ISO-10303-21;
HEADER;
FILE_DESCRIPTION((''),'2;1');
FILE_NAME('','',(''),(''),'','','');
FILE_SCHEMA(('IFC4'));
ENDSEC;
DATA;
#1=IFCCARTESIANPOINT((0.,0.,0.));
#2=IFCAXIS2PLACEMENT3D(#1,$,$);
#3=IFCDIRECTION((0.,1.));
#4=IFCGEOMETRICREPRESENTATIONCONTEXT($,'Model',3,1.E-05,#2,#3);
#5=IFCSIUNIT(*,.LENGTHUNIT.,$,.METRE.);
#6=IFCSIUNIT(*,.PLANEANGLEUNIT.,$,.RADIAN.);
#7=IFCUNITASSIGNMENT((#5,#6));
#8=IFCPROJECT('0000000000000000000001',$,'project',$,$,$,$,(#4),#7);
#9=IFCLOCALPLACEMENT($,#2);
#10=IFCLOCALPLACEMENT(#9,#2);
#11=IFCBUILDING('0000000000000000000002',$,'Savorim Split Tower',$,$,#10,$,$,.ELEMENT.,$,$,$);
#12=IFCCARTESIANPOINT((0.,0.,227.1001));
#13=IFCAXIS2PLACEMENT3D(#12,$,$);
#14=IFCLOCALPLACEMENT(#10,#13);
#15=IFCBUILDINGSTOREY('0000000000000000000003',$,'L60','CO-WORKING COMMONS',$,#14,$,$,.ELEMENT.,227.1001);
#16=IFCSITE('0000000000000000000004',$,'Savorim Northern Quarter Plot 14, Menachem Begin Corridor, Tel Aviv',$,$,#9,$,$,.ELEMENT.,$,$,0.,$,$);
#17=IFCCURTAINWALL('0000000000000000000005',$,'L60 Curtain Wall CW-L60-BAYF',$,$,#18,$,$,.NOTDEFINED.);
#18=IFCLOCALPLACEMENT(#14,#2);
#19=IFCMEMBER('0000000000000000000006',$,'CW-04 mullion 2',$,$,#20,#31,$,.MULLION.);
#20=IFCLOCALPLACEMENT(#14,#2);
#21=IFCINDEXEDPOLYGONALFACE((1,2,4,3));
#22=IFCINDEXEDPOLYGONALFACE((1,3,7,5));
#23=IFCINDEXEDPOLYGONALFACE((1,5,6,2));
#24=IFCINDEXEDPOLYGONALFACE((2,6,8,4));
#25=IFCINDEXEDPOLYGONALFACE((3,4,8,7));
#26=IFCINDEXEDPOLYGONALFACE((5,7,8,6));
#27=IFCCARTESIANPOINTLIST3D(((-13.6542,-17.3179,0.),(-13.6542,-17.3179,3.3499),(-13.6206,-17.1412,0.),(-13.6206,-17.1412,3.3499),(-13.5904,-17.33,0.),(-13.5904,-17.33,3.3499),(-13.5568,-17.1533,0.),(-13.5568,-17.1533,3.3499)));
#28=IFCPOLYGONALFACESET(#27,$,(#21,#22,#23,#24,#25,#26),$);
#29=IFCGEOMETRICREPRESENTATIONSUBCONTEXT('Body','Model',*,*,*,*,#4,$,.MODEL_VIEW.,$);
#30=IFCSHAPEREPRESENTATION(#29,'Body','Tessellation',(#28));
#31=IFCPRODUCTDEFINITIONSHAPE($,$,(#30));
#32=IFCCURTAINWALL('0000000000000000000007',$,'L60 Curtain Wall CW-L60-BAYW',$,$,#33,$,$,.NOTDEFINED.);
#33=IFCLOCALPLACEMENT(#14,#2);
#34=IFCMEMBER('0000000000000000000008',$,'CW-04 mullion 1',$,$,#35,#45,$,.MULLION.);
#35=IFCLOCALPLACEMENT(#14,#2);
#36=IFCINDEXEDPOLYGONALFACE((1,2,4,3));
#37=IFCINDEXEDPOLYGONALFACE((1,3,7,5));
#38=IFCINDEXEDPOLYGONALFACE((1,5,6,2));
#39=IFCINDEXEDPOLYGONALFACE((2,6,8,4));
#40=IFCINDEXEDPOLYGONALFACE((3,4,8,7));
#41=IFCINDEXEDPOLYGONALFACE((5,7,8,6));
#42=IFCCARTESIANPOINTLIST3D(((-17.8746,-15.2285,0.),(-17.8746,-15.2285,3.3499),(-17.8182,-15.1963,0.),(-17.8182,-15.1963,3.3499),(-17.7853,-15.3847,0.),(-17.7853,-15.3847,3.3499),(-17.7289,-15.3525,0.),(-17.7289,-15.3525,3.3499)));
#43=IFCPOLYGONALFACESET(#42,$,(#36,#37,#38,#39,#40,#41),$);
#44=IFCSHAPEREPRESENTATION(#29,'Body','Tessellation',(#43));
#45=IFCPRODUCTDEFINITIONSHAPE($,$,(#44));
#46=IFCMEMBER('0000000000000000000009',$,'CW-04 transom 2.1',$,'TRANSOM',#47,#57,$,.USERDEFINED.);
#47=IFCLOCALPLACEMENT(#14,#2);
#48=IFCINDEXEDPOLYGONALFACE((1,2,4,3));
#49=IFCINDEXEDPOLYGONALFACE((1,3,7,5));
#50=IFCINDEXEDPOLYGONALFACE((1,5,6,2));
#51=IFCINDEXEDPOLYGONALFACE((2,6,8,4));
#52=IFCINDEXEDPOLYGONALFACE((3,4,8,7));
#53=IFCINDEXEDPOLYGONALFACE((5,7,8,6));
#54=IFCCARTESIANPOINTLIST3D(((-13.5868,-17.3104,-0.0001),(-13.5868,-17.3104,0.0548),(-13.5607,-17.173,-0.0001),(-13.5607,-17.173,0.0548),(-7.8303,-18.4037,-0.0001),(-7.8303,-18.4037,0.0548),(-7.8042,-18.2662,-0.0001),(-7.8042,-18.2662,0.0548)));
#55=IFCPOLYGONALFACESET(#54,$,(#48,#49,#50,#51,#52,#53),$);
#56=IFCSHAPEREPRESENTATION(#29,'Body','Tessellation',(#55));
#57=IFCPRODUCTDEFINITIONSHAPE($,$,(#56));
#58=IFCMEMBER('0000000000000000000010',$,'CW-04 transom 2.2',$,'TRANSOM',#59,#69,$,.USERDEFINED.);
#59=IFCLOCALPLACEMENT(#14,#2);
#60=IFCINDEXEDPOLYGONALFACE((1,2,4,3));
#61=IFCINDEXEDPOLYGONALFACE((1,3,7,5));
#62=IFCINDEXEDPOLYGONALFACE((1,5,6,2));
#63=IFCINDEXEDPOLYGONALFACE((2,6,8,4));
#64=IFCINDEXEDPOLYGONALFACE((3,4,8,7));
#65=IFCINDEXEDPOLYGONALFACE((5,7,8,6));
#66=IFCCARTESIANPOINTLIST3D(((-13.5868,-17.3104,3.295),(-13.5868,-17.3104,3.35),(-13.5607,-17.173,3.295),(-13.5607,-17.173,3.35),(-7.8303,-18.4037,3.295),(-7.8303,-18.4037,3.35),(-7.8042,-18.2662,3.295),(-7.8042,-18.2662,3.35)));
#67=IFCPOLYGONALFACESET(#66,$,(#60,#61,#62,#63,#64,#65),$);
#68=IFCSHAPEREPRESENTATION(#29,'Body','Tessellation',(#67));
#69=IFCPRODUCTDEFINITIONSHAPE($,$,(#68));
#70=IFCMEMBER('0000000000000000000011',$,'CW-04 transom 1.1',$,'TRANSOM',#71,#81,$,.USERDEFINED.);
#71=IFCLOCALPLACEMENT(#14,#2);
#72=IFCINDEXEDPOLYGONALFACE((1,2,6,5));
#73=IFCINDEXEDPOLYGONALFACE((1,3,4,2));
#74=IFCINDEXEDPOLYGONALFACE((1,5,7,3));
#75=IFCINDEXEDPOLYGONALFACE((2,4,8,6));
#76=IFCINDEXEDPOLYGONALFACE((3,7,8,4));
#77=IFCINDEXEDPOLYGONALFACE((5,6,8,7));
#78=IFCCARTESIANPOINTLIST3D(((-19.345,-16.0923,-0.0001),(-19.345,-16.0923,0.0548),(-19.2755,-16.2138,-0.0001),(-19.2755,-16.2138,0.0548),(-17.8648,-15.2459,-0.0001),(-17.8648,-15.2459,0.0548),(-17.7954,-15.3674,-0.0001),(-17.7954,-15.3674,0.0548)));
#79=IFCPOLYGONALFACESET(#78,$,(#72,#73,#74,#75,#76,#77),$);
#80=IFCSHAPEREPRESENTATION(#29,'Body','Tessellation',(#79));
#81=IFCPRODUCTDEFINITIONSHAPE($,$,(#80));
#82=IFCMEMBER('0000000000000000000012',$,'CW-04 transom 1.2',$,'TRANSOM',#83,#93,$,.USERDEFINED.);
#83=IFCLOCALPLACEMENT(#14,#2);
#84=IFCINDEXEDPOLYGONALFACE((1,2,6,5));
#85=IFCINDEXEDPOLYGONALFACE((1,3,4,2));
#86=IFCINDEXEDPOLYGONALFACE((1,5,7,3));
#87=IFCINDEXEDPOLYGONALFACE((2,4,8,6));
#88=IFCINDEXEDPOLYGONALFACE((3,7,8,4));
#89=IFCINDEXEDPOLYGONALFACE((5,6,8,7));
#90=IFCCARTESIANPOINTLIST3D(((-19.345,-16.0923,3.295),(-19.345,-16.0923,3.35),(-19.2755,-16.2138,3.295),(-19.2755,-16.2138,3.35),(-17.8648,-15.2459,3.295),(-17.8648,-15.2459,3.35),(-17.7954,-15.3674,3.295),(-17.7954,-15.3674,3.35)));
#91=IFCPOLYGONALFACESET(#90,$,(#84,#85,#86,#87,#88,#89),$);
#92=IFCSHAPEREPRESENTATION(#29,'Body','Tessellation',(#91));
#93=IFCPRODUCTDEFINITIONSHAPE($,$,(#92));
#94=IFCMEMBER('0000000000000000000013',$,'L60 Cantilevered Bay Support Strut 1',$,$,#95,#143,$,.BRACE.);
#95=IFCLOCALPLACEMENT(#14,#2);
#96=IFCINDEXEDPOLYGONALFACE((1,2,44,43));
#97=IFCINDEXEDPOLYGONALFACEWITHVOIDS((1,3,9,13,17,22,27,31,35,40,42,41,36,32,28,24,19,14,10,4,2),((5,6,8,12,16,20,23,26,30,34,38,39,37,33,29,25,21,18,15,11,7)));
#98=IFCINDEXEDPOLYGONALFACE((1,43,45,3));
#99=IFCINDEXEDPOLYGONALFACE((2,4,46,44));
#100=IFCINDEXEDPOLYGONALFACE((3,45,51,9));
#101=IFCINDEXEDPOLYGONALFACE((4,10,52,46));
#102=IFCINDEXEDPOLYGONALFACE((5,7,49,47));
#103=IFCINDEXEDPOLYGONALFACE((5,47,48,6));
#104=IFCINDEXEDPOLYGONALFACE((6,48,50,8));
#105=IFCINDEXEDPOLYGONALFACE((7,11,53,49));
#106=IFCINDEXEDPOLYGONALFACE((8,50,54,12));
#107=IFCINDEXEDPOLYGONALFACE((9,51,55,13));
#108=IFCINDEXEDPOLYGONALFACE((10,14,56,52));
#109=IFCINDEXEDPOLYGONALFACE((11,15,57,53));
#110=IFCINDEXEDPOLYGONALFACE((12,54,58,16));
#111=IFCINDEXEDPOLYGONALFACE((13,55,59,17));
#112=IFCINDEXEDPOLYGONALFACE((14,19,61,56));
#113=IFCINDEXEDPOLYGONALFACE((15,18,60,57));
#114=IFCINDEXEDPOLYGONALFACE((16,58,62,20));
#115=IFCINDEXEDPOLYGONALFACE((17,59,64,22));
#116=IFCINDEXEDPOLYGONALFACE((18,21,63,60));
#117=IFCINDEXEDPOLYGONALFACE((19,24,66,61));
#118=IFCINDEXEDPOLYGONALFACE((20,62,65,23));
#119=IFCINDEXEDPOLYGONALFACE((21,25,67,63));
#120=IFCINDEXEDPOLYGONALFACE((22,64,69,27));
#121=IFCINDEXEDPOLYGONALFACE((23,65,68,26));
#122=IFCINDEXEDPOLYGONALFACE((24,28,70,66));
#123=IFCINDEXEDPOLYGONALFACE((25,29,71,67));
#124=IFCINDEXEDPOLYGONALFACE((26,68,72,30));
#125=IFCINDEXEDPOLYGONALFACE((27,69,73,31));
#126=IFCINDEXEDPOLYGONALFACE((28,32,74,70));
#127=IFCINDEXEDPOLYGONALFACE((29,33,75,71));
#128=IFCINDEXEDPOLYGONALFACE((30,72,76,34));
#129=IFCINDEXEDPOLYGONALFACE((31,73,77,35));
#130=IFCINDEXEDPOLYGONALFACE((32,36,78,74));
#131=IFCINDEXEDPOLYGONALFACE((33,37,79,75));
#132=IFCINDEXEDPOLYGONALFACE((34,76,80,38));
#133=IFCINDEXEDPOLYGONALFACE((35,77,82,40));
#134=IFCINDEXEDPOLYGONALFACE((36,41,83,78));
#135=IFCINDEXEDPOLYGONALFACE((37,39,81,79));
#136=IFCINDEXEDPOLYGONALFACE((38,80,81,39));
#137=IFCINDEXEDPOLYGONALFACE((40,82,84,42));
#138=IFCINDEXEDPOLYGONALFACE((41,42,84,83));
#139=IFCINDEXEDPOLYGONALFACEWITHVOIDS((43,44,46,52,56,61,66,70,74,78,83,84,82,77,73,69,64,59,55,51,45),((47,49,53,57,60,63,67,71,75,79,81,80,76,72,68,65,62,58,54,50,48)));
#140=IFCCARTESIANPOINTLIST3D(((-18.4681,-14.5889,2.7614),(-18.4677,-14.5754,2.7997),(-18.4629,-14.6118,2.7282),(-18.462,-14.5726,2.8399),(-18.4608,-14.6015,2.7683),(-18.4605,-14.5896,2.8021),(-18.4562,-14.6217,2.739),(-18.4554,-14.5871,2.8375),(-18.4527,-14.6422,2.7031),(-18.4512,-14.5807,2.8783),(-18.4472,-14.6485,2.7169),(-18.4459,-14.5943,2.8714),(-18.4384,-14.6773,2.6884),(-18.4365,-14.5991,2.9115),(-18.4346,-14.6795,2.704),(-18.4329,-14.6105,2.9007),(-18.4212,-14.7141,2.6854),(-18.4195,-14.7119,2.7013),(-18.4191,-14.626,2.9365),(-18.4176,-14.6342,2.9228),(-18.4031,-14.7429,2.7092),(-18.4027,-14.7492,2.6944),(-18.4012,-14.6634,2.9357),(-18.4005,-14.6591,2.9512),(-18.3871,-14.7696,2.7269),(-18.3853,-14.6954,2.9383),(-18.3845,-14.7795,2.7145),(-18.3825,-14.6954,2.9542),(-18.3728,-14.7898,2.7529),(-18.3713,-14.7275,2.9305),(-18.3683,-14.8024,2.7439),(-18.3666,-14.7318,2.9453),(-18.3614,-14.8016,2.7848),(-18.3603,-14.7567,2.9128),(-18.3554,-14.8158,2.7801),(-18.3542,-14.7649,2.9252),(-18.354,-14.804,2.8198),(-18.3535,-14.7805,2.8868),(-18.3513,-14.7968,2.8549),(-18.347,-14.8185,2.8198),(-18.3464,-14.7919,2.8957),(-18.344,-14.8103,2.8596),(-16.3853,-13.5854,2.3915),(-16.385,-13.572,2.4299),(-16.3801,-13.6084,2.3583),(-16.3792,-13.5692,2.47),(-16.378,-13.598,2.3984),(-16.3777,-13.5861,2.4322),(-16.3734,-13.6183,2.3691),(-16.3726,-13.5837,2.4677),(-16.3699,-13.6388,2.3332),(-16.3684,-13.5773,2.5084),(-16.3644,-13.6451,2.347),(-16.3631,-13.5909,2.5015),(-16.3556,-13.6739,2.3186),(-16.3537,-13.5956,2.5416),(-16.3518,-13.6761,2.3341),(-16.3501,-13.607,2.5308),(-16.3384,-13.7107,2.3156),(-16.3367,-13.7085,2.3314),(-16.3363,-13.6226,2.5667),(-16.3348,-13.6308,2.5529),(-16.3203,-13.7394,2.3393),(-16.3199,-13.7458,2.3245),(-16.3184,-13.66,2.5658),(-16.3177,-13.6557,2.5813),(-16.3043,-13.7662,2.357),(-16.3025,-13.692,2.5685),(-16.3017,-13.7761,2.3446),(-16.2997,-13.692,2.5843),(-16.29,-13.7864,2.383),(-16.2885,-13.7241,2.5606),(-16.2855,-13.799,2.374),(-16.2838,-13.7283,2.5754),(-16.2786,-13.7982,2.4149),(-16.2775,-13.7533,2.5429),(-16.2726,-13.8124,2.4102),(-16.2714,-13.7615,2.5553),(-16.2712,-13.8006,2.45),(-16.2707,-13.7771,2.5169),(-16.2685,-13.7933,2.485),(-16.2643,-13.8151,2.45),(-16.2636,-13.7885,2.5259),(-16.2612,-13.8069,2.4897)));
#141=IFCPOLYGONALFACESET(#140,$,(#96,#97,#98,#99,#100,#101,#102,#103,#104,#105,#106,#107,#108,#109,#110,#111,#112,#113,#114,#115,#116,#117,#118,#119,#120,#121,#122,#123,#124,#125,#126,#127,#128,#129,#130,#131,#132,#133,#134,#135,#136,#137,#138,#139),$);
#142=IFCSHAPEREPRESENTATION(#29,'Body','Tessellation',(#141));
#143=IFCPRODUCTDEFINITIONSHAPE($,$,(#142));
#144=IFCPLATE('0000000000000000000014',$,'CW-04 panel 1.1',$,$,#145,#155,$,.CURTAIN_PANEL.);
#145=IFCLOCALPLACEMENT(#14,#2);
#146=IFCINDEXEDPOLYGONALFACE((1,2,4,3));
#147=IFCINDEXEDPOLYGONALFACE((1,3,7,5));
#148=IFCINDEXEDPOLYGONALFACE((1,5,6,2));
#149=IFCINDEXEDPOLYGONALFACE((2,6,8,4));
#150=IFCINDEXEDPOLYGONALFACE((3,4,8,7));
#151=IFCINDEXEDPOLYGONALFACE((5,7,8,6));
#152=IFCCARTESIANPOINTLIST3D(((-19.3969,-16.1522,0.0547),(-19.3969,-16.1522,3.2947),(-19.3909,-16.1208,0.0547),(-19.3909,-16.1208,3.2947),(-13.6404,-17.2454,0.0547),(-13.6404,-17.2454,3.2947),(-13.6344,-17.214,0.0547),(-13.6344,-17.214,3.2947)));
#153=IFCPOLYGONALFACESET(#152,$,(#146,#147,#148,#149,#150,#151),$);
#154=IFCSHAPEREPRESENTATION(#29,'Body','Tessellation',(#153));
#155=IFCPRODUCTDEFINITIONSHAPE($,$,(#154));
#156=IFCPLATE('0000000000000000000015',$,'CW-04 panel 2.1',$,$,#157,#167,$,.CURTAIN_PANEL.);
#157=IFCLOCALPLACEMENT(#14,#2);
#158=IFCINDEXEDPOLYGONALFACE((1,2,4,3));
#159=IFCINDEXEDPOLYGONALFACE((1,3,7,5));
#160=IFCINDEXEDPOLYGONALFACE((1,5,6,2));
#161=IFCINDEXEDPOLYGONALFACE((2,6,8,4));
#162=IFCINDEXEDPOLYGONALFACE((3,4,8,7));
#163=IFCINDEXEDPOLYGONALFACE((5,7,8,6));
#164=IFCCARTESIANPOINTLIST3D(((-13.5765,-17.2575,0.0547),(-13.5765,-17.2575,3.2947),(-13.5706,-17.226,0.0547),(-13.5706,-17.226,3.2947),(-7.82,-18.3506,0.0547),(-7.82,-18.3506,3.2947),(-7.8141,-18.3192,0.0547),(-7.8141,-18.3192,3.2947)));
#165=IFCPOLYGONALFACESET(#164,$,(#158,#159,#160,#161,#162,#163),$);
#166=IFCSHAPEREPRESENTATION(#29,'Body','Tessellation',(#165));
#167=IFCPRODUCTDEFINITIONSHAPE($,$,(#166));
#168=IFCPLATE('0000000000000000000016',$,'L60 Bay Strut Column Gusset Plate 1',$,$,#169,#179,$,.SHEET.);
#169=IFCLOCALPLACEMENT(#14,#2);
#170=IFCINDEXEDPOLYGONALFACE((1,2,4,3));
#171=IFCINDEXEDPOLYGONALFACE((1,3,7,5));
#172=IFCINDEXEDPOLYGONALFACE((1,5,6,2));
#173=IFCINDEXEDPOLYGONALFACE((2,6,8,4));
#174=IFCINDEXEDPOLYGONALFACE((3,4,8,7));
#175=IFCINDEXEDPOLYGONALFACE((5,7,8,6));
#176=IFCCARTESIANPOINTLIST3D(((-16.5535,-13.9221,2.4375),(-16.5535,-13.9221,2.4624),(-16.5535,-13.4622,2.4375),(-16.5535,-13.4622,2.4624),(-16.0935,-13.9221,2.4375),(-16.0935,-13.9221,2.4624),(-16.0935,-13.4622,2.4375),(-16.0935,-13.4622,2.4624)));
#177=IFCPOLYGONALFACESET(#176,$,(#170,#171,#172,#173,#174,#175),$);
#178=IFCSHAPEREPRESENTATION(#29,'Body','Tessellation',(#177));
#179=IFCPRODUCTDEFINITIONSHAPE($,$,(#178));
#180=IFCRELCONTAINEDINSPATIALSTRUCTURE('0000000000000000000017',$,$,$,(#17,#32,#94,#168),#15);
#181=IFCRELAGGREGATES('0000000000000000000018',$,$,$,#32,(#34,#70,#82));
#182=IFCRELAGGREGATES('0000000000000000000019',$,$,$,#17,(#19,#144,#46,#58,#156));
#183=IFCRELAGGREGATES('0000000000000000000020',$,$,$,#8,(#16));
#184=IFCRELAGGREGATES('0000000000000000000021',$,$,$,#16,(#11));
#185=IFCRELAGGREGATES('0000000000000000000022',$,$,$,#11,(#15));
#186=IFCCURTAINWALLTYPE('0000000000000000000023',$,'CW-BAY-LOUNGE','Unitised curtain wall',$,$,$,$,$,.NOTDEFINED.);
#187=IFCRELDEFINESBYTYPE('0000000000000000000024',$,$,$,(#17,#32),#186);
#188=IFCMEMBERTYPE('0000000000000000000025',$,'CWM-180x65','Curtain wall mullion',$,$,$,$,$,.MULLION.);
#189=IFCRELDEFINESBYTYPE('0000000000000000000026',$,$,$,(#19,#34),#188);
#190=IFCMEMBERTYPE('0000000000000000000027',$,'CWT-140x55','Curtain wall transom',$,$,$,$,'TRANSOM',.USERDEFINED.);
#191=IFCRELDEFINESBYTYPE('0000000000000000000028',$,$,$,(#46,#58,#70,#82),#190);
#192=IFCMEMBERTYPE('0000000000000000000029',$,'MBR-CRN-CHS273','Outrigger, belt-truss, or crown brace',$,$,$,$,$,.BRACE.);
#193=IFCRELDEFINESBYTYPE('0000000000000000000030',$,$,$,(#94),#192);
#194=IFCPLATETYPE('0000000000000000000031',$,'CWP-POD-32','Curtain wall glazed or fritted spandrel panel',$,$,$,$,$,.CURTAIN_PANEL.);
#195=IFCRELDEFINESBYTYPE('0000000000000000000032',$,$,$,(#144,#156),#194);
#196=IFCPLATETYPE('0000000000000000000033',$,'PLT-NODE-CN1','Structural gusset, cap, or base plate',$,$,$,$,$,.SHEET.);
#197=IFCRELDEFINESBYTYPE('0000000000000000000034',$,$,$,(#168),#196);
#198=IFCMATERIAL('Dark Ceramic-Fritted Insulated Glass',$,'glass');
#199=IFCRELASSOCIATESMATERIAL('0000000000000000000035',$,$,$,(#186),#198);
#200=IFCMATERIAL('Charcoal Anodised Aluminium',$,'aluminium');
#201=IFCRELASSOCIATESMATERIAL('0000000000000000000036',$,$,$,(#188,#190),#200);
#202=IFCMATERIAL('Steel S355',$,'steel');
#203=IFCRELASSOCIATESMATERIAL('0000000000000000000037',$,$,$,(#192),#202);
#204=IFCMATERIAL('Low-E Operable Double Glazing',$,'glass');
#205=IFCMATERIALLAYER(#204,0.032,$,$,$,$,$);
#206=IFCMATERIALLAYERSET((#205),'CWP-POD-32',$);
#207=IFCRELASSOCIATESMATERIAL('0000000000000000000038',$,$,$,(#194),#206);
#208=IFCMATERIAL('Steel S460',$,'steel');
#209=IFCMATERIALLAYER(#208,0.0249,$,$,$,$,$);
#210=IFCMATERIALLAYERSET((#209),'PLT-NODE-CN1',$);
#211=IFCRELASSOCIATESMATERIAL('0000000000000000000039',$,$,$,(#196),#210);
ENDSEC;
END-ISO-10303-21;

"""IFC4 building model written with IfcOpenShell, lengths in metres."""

from ifc_helpers import new_model, si_unit, direction, frame, origin, origin_2d, place, context, subcontext, project, spatial, rectangle, hollow_circle, extrude, material, layer, layer_set, material_profile, profile_set, type_object, element, aggregate, save


model = new_model("IFC4")

# Units and contexts
model_context = context("Model", 3, precision=1e-05, world=origin(), true_north=direction((0.0, 1.0)))
body_context = subcontext(model_context, "Body", "Model", "MODEL_VIEW")
ifc_project = project(units=[si_unit("LENGTHUNIT", "METRE"), si_unit("PLANEANGLEUNIT", "RADIAN")], contexts=[model_context])

# Site, building, storey
site_placement = place(None, origin())
site = spatial("IfcSite", under=ifc_project, at=site_placement, Name="Savorim Northern Quarter Plot 14, Menachem Begin Corridor, Tel Aviv", CompositionType="ELEMENT", RefElevation=0.0)
building_placement = place(site_placement, origin())
building = spatial("IfcBuilding", under=site, at=building_placement, Name="Savorim Split Tower", CompositionType="ELEMENT")
storey_placement = place(building_placement, frame((0.0, 0.0, 227.1001)))
storey = spatial("IfcBuildingStorey", under=building, at=storey_placement, Name="L60", Description="CO-WORKING COMMONS", CompositionType="ELEMENT", Elevation=227.1001)

# Shared definitions
ifc_material_1 = material(Name="Steel S355", Category="steel")

# Curtain walls, members
ifc_material_2 = material(Name="Dark Ceramic-Fritted Insulated Glass", Category="glass")
curtain_wall_type = type_object("IfcCurtainWallType", Name="CW-BAY-LOUNGE", Description="Unitised curtain wall", PredefinedType="NOTDEFINED", material=ifc_material_2)
curtain_wall_1_placement = place(storey_placement, origin())
curtain_wall_1 = element("IfcCurtainWall", 1, at=curtain_wall_1_placement, inside=storey, type_object=curtain_wall_type, Name="L60 Curtain Wall CW-L60-BAYF", PredefinedType="NOTDEFINED")
ifc_material_3 = material(Name="Charcoal Anodised Aluminium", Category="aluminium")
ifc_material_profile_1 = material_profile(ifc_material_3, rectangle(XDim=0.1799, YDim=0.0649, at=origin_2d()), Name="ALU-M 180x65")
ifc_profile_set_1 = profile_set([ifc_material_profile_1], Name="Charcoal Anodised Aluminium")
member_type_1 = type_object("IfcMemberType", Name="CWM-180x65", Description="Curtain wall mullion", PredefinedType="MULLION", material=ifc_profile_set_1)
member_1_placement = place(storey_placement, frame((-13.6055, -17.2356, 0.0), z_axis=(0.0, 0.0, 1.0), x_axis=(0.186567, 0.982442, 0.0)))
member_1 = element("IfcMember", 2, at=member_1_placement, type_object=member_type_1, Name="CW-04 mullion 2", PredefinedType="MULLION", context=body_context, shape_type="SweptSolid", body=[
    extrude(rectangle(XDim=0.1799, YDim=0.0649, at=origin_2d()), origin(), (0.0, 0.0, 1.0), 3.3499),
])
curtain_wall_2_placement = place(storey_placement, origin())
curtain_wall_2 = element("IfcCurtainWall", 3, at=curtain_wall_2_placement, inside=storey, type_object=curtain_wall_type, Name="L60 Curtain Wall CW-L60-BAYW", PredefinedType="NOTDEFINED")
member_2_placement = place(storey_placement, frame((-17.8018, -15.2905, 0.0), z_axis=(0.0, 0.0, 1.0), x_axis=(0.496327, -0.868136, 0.0)))
member_2 = element("IfcMember", 4, at=member_2_placement, type_object=member_type_1, Name="CW-04 mullion 1", PredefinedType="MULLION", context=body_context, shape_type="SweptSolid", body=[
    extrude(rectangle(XDim=0.1799, YDim=0.0649, at=origin_2d()), origin(), (0.0, 0.0, 1.0), 3.3499),
])

# Members
ifc_material_profile_2 = material_profile(ifc_material_3, rectangle(XDim=0.1399, YDim=0.0549, at=origin_2d()), Name="ALU-T 140x55")
ifc_profile_set_2 = profile_set([ifc_material_profile_2], Name="Charcoal Anodised Aluminium")
member_type_2 = type_object("IfcMemberType", Name="CWT-140x55", Description="Curtain wall transom", ElementType="TRANSOM", PredefinedType="USERDEFINED", material=ifc_profile_set_2)
member_3_placement = place(storey_placement, frame((-13.5737, -17.2417, 0.0273), z_axis=(0.98244, -0.18658, 0.0), x_axis=(0.18658, 0.98244, 0.0)))
member_3 = element("IfcMember", 5, at=member_3_placement, type_object=member_type_2, Name="CW-04 transom 2.1", ObjectType="TRANSOM", PredefinedType="USERDEFINED", context=body_context, shape_type="SweptSolid", body=[
    extrude(rectangle(XDim=0.1399, YDim=0.0549, at=origin_2d()), origin(), (0.0, 0.0, 1.0), 5.8594),
])
member_4_placement = place(storey_placement, frame((-13.5737, -17.2417, 3.3225), z_axis=(0.98244, -0.18658, 0.0), x_axis=(0.18658, 0.98244, 0.0)))
member_4 = element("IfcMember", 6, at=member_4_placement, type_object=member_type_2, Name="CW-04 transom 2.2", ObjectType="TRANSOM", PredefinedType="USERDEFINED", context=body_context, shape_type="SweptSolid", body=[
    extrude(rectangle(XDim=0.1399, YDim=0.0549, at=origin_2d()), origin(), (0.0, 0.0, 1.0), 5.8594),
])
member_5_placement = place(storey_placement, frame((-17.8301, -15.3066, 0.0273), z_axis=(-0.868093, -0.496401, 0.0), x_axis=(0.496401, -0.868093, 0.0)))
member_5 = element("IfcMember", 7, at=member_5_placement, type_object=member_type_2, Name="CW-04 transom 1.1", ObjectType="TRANSOM", PredefinedType="USERDEFINED", context=body_context, shape_type="SweptSolid", body=[
    extrude(rectangle(XDim=0.1399, YDim=0.0549, at=origin_2d()), origin(), (0.0, 0.0, 1.0), 1.7051),
])
member_6_placement = place(storey_placement, frame((-17.8301, -15.3066, 3.3225), z_axis=(-0.868093, -0.496401, 0.0), x_axis=(0.496401, -0.868093, 0.0)))
member_6 = element("IfcMember", 8, at=member_6_placement, type_object=member_type_2, Name="CW-04 transom 1.2", ObjectType="TRANSOM", PredefinedType="USERDEFINED", context=body_context, shape_type="SweptSolid", body=[
    extrude(rectangle(XDim=0.1399, YDim=0.0549, at=origin_2d()), origin(), (0.0, 0.0, 1.0), 1.7051),
])
aggregate(curtain_wall_2, [member_2, member_5, member_6])
ifc_material_profile_3 = material_profile(ifc_material_1, hollow_circle(Radius=0.1365, WallThickness=0.0161, at=origin_2d()), Name="CHS 273x16")
ifc_profile_set_3 = profile_set([ifc_material_profile_3], Name="Steel S355")
member_type_3 = type_object("IfcMemberType", Name="MBR-CRN-CHS273", Description="Outrigger, belt-truss, or crown brace", PredefinedType="BRACE", material=ifc_profile_set_3)
member_7_placement = place(storey_placement, frame((-16.3235, -13.6921, 2.45), z_axis=(-0.889586, -0.428578, 0.157979), x_axis=(0.434028, -0.900899, 0.0)))
element("IfcMember", 9, at=member_7_placement, inside=storey, type_object=member_type_3, Name="L60 Cantilevered Bay Support Strut 1", PredefinedType="BRACE", context=body_context, shape_type="SweptSolid", body=[
    extrude(hollow_circle(Radius=0.1365, WallThickness=0.0161, at=origin_2d()), origin(), (0.0, 0.0, 1.0), 2.3413),
])

# Plates
ifc_material_4 = material(Name="Low-E Operable Double Glazing", Category="glass")
ifc_layer_1 = layer(ifc_material_4, 0.032)
ifc_layer_set_1 = layer_set([ifc_layer_1], Name="CWP-POD-32")
plate_type_1 = type_object("IfcPlateType", Name="CWP-POD-32", Description="Curtain wall glazed or fritted spandrel panel", PredefinedType="CURTAIN_PANEL", material=ifc_layer_set_1)
plate_1_placement = place(storey_placement, frame((-16.5156, -16.6831, 0.0547), z_axis=(0.0, 0.0, 1.0), x_axis=(0.982442, -0.186567, 0.0)))
plate_1 = element("IfcPlate", 10, at=plate_1_placement, type_object=plate_type_1, Name="CW-04 panel 1.1", PredefinedType="CURTAIN_PANEL", context=body_context, shape_type="SweptSolid", body=[
    extrude(rectangle(XDim=5.8594, YDim=0.032, at=origin_2d()), origin(), (0.0, 0.0, 1.0), 3.24),
])
plate_2_placement = place(storey_placement, frame((-10.6953, -17.7883, 0.0547), z_axis=(0.0, 0.0, 1.0), x_axis=(0.982442, -0.186567, 0.0)))
plate_2 = element("IfcPlate", 11, at=plate_2_placement, type_object=plate_type_1, Name="CW-04 panel 2.1", PredefinedType="CURTAIN_PANEL", context=body_context, shape_type="SweptSolid", body=[
    extrude(rectangle(XDim=5.8594, YDim=0.032, at=origin_2d()), origin(), (0.0, 0.0, 1.0), 3.24),
])
aggregate(curtain_wall_1, [member_1, plate_1, member_3, member_4, plate_2])
ifc_material_5 = material(Name="Steel S460", Category="steel")
ifc_layer_2 = layer(ifc_material_5, 0.0249)
ifc_layer_set_2 = layer_set([ifc_layer_2], Name="PLT-NODE-CN1")
plate_type_2 = type_object("IfcPlateType", Name="PLT-NODE-CN1", Description="Structural gusset, cap, or base plate", PredefinedType="SHEET", material=ifc_layer_set_2)
plate_3_placement = place(storey_placement, frame((-16.3235, -13.6921, 2.4375), z_axis=(0.0, 0.0, 1.0), x_axis=(1.0, 0.0, 0.0)))
element("IfcPlate", 12, at=plate_3_placement, inside=storey, type_object=plate_type_2, Name="L60 Bay Strut Column Gusset Plate 1", PredefinedType="SHEET", context=body_context, shape_type="SweptSolid", body=[
    extrude(rectangle(XDim=0.46, YDim=0.46, at=origin_2d()), origin(), (0.0, 0.0, 1.0), 0.0249),
])

save(model, "model.ifc")
